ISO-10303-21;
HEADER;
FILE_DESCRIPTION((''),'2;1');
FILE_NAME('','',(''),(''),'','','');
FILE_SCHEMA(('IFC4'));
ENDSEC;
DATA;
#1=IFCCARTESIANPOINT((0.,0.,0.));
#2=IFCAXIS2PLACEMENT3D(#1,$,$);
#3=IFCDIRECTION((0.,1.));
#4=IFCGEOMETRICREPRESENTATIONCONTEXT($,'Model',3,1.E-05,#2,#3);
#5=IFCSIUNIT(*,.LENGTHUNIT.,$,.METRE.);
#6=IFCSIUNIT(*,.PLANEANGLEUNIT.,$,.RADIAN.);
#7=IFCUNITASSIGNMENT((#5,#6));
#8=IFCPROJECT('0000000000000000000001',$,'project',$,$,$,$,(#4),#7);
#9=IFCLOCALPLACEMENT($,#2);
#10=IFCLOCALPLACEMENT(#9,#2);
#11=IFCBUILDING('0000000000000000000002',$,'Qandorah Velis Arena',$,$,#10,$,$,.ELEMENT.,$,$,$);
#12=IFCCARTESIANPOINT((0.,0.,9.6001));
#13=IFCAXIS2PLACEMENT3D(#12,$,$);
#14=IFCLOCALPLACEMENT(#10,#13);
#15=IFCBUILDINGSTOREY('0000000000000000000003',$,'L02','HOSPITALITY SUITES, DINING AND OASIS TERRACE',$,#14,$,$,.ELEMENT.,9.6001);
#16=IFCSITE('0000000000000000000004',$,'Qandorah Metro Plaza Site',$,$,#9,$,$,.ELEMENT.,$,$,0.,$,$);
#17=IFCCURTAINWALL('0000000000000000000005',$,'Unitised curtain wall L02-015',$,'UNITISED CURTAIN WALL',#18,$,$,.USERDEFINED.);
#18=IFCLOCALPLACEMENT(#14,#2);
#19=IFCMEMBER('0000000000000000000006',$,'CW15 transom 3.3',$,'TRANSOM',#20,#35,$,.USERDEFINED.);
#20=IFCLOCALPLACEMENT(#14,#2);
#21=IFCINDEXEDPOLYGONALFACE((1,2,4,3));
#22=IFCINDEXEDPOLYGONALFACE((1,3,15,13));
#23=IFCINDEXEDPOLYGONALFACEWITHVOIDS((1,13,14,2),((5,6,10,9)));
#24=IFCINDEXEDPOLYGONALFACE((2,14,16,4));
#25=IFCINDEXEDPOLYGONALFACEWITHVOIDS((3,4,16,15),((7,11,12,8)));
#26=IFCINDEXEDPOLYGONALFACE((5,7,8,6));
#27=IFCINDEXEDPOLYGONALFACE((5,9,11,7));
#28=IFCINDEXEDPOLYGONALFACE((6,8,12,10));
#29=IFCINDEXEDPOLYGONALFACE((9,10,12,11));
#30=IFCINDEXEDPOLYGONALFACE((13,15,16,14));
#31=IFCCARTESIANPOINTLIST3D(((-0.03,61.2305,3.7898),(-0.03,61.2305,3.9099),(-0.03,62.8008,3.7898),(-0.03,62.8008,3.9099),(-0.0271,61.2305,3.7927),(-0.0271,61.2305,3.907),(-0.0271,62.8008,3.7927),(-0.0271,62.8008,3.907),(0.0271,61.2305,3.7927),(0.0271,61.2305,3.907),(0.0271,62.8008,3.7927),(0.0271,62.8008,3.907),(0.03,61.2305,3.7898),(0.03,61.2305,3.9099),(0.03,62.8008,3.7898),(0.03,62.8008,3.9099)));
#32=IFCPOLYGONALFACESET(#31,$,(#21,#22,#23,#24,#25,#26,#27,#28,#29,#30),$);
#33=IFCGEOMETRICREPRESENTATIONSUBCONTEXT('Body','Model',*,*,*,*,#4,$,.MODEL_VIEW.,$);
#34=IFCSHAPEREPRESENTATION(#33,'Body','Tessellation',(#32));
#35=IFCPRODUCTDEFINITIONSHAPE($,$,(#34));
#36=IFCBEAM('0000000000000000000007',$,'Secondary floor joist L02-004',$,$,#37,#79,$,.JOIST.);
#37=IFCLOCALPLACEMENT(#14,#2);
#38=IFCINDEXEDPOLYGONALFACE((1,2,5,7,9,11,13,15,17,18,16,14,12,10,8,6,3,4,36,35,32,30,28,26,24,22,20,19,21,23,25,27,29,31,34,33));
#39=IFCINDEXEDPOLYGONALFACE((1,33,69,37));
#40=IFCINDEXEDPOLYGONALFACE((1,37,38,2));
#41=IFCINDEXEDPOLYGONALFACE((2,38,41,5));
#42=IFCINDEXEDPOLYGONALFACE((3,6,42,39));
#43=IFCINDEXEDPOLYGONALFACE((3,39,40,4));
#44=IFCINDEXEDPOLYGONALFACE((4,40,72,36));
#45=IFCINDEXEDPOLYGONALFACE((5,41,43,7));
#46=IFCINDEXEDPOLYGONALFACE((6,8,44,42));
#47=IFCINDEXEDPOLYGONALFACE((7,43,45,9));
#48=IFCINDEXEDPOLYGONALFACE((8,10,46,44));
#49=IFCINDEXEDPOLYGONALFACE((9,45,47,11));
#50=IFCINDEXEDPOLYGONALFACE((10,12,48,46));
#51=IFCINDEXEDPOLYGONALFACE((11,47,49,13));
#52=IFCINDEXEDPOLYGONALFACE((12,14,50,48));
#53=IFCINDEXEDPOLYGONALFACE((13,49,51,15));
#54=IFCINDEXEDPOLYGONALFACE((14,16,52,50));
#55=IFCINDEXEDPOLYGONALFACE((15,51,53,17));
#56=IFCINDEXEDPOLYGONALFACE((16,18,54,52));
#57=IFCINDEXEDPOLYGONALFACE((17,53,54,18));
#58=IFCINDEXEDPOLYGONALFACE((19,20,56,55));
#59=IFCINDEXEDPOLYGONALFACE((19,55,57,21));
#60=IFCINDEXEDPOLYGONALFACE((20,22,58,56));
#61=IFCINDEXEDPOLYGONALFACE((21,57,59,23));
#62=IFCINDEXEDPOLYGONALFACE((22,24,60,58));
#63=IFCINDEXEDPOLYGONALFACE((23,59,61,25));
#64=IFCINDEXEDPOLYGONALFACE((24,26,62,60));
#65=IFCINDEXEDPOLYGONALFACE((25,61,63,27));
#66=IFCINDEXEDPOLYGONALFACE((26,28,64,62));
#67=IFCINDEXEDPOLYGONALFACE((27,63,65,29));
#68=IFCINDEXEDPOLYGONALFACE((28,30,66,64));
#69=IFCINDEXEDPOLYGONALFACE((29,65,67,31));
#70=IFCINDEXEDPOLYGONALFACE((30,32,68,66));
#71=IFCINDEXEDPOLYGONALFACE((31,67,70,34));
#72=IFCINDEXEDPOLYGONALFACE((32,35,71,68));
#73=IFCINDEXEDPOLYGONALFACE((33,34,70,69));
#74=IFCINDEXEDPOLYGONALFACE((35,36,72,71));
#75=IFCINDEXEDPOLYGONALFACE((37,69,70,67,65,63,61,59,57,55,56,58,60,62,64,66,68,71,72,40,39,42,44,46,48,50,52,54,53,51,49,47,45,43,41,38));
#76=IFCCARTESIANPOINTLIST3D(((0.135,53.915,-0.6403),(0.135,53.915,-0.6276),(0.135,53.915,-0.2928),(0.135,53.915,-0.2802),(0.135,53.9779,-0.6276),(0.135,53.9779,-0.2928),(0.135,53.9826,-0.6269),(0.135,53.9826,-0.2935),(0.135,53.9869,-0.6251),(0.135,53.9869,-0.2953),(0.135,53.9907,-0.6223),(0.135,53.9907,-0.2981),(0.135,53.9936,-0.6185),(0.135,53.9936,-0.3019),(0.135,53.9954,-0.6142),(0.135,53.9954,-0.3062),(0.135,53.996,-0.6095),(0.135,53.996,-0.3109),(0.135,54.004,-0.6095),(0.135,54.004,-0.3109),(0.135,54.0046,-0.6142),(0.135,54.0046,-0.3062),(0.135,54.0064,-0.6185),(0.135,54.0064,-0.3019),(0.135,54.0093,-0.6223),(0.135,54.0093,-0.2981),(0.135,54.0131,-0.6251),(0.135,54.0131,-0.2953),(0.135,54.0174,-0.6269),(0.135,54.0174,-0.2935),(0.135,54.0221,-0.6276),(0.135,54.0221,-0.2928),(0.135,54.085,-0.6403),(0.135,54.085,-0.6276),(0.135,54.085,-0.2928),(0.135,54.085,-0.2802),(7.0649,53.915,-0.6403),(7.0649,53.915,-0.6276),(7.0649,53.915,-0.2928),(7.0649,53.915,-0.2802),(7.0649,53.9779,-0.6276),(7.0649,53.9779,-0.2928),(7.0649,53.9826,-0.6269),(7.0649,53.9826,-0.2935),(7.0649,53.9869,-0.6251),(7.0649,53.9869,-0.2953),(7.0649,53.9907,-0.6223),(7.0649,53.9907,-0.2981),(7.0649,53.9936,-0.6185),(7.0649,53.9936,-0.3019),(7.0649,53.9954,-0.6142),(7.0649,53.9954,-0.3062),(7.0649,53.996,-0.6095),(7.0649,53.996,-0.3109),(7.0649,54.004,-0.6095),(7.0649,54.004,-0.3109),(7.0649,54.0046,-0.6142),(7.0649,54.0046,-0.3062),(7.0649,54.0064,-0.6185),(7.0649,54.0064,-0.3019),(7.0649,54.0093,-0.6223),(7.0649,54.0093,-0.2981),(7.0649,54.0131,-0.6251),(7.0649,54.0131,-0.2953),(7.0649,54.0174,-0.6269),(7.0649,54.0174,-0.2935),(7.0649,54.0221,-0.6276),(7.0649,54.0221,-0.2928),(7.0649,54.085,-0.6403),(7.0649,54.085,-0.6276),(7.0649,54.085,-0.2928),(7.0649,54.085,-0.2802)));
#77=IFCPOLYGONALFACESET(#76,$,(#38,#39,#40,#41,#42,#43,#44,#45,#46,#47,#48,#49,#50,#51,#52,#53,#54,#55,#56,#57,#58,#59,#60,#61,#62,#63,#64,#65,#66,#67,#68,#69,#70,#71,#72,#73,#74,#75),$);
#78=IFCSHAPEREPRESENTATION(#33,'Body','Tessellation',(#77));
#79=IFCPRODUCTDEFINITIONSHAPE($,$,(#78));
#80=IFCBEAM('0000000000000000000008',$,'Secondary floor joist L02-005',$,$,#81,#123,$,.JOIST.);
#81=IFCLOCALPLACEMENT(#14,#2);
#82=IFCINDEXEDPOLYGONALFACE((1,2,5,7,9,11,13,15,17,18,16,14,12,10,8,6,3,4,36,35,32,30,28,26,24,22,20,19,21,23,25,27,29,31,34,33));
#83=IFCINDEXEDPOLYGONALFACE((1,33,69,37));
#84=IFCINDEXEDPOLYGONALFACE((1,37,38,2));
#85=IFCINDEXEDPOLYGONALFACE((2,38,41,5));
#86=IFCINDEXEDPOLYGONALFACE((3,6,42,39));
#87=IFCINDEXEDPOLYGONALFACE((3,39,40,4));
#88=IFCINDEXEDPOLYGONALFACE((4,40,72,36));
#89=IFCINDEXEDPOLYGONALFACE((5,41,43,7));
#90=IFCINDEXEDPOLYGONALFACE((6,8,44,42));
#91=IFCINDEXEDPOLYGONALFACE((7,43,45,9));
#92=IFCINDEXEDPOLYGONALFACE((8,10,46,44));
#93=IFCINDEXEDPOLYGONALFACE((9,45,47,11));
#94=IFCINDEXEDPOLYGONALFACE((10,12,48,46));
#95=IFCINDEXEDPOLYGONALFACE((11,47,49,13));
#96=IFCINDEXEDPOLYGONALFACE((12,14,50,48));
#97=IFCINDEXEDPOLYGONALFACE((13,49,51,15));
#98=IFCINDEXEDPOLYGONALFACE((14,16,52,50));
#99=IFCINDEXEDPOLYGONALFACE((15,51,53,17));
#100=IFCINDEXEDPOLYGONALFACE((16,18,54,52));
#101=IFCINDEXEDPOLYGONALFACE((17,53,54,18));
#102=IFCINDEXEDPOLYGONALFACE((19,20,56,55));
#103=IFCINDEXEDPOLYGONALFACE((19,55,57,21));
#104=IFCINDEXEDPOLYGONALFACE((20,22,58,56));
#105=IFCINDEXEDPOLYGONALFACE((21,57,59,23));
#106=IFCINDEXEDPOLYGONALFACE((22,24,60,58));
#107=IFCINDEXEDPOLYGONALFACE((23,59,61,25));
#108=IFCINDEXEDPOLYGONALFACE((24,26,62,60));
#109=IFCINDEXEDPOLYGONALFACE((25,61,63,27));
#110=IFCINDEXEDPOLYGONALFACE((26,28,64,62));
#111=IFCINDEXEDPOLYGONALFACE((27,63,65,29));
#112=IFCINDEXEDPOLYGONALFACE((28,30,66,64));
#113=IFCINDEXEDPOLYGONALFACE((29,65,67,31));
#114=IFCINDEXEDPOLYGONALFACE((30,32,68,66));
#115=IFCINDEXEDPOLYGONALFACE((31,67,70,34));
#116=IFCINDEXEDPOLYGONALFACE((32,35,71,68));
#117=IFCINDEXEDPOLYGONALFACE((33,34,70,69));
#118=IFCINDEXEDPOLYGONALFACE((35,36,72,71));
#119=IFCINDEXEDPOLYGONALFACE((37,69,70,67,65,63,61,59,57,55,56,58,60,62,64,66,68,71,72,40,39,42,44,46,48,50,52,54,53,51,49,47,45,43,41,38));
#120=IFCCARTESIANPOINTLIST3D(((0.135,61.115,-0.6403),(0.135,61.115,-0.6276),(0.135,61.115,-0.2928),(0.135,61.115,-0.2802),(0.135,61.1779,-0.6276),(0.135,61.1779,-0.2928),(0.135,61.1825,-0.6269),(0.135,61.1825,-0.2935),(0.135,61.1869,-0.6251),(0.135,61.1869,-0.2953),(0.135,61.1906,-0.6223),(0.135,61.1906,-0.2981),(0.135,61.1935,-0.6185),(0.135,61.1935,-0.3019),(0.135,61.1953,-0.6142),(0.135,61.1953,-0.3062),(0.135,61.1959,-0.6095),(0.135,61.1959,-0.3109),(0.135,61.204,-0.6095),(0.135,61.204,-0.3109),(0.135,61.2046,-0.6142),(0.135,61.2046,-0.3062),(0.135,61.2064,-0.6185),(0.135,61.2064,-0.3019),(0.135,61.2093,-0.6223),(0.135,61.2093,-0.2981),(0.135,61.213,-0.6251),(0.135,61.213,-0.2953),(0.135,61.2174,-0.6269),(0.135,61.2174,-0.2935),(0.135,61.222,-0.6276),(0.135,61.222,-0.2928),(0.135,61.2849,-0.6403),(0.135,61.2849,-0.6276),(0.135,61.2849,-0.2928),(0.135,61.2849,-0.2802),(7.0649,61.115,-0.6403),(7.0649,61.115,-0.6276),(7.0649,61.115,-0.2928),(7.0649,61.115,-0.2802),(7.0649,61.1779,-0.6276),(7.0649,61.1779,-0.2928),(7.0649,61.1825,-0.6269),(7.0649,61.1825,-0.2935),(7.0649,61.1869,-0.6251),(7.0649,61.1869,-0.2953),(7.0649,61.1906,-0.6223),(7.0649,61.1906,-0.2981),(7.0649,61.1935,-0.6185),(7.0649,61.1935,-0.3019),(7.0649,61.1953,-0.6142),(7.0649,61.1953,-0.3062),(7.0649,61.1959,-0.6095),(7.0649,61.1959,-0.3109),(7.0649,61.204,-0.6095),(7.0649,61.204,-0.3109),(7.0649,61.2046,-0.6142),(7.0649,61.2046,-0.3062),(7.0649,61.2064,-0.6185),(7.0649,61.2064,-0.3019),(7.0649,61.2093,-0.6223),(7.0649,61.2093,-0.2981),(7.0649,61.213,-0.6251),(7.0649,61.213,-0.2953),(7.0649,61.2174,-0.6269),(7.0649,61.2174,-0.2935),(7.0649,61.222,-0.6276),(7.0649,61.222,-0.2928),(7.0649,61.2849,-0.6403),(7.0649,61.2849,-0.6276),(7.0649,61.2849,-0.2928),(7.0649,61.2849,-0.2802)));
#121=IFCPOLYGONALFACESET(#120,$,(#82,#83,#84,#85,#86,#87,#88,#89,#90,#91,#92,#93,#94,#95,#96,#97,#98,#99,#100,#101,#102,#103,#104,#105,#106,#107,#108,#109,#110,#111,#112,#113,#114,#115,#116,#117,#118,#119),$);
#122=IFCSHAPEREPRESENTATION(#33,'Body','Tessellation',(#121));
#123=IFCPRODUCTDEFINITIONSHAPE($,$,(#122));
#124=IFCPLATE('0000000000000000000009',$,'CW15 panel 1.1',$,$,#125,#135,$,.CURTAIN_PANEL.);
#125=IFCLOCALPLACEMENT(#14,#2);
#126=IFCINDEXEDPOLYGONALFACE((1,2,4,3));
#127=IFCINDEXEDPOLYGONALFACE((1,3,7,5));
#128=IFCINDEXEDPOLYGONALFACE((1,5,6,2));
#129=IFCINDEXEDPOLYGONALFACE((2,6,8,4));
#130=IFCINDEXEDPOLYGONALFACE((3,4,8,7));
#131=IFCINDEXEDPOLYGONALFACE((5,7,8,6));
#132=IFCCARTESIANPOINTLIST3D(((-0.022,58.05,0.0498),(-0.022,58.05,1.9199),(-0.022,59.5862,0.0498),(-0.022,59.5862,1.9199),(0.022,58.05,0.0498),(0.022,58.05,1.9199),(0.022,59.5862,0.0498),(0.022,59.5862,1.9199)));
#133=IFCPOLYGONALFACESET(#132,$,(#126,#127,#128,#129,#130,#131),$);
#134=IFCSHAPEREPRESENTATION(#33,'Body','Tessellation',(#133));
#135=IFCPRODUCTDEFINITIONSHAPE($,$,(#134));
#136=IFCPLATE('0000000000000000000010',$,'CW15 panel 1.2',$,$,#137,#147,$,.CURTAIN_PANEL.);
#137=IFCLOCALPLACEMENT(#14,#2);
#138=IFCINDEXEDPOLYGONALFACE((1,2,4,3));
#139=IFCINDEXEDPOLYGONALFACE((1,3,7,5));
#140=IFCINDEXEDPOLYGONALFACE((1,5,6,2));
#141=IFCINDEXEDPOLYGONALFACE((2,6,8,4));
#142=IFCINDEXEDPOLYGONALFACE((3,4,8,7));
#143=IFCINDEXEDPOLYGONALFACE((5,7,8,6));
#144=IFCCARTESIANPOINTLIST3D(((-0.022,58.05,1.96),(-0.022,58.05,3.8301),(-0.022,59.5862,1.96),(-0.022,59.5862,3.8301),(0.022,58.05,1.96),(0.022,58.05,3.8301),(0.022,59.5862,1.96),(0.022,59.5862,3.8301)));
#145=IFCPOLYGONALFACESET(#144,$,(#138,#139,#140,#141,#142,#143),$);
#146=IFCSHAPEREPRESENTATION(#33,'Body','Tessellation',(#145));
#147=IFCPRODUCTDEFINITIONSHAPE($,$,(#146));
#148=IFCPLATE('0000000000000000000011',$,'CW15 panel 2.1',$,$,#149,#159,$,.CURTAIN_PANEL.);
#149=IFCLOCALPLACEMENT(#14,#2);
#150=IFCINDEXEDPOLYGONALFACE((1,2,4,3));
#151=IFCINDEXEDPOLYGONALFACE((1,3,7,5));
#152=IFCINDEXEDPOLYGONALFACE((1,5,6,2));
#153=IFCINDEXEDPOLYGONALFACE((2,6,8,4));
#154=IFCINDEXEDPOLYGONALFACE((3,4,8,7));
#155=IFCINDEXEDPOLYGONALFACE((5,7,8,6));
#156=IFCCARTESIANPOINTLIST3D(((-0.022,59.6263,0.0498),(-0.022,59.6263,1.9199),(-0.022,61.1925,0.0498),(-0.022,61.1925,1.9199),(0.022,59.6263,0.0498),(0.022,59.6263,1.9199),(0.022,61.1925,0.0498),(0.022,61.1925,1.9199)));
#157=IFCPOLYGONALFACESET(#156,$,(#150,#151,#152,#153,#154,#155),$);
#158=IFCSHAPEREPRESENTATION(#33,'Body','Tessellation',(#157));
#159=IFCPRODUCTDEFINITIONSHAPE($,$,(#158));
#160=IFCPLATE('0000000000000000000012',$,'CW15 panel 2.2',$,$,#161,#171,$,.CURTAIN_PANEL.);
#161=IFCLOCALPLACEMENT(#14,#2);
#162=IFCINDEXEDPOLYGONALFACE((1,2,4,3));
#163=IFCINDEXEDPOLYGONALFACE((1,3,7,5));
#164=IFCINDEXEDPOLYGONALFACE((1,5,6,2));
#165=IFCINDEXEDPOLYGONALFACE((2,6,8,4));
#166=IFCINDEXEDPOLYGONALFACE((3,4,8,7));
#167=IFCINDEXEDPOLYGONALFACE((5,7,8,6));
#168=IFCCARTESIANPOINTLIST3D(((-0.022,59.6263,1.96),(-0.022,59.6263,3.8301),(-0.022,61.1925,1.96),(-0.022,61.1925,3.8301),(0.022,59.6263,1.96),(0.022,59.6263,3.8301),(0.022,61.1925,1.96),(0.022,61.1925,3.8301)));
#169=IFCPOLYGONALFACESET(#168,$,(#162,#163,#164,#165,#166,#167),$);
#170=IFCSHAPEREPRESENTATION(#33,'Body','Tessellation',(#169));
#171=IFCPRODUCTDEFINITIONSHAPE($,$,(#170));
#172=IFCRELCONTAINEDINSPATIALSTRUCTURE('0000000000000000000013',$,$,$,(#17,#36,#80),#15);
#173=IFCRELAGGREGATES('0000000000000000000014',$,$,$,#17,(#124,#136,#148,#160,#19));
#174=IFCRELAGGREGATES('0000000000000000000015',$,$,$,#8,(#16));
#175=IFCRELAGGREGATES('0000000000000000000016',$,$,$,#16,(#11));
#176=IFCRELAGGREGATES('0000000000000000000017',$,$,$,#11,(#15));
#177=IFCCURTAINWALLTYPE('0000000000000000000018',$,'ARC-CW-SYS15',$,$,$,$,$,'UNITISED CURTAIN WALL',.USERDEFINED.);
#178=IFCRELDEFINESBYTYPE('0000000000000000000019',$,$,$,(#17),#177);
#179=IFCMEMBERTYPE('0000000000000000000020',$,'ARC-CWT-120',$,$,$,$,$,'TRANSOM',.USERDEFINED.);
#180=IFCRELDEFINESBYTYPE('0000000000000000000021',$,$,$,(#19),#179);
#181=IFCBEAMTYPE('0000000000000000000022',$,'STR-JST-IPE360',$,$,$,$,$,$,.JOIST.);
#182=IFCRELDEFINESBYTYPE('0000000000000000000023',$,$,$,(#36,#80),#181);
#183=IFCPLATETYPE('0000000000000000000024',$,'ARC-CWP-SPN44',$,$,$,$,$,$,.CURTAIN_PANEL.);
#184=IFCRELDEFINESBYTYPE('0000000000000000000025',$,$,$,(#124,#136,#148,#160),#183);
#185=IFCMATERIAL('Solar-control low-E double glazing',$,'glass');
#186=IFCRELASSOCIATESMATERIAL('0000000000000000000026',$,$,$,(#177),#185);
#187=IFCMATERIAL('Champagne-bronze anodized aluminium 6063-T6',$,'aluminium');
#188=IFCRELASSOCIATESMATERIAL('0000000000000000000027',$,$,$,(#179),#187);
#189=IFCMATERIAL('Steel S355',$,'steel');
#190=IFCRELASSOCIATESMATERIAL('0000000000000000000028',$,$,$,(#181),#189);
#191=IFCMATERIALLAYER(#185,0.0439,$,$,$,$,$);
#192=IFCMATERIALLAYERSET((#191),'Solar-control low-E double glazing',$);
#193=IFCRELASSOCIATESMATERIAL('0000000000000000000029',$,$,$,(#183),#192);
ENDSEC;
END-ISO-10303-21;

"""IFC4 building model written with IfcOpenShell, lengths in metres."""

from ifc_helpers import new_model, si_unit, direction, frame, origin, origin_2d, place, context, subcontext, project, spatial, rectangle, hollow_rectangle, i_section, extrude, material, layer, layer_set, material_profile, profile_set, type_object, element, aggregate, save


model = new_model("IFC4")

# Units and contexts
model_context = context("Model", 3, precision=1e-05, world=origin(), true_north=direction((0.0, 1.0)))
body_context = subcontext(model_context, "Body", "Model", "MODEL_VIEW")
ifc_project = project(units=[si_unit("LENGTHUNIT", "METRE"), si_unit("PLANEANGLEUNIT", "RADIAN")], contexts=[model_context])

# Site, building, storey
site_placement = place(None, origin())
site = spatial("IfcSite", under=ifc_project, at=site_placement, Name="Qandorah Metro Plaza Site", CompositionType="ELEMENT", RefElevation=0.0)
building_placement = place(site_placement, origin())
building = spatial("IfcBuilding", under=site, at=building_placement, Name="Qandorah Velis Arena", CompositionType="ELEMENT")
storey_placement = place(building_placement, frame((0.0, 0.0, 9.6001)))
storey = spatial("IfcBuildingStorey", under=building, at=storey_placement, Name="L02", Description="HOSPITALITY SUITES, DINING AND OASIS TERRACE", CompositionType="ELEMENT", Elevation=9.6001)

# Curtain wall, member
ifc_material_1 = material(Name="Solar-control low-E double glazing", Category="glass")
curtain_wall_type = type_object("IfcCurtainWallType", Name="ARC-CW-SYS15", ElementType="UNITISED CURTAIN WALL", PredefinedType="USERDEFINED", material=ifc_material_1)
curtain_wall_placement = place(storey_placement, origin())
curtain_wall = element("IfcCurtainWall", 1, at=curtain_wall_placement, inside=storey, type_object=curtain_wall_type, Name="Unitised curtain wall L02-015", ObjectType="UNITISED CURTAIN WALL", PredefinedType="USERDEFINED")
ifc_material_2 = material(Name="Champagne-bronze anodized aluminium 6063-T6", Category="aluminium")
ifc_material_profile_1 = material_profile(ifc_material_2, hollow_rectangle(XDim=0.0601, YDim=0.1201, WallThickness=0.0029, at=origin_2d()), Name="ALU TRANSOM 60x120")
ifc_profile_set_1 = profile_set([ifc_material_profile_1], Name="Champagne-bronze anodized aluminium 6063-T6")
member_type_1 = type_object("IfcMemberType", Name="ARC-CWT-120", ElementType="TRANSOM", PredefinedType="USERDEFINED", material=ifc_profile_set_1)
member_1_placement = place(storey_placement, frame((0.0, 61.2305, 3.8499), z_axis=(0.0, 1.0, 0.0), x_axis=(-1.0, 0.0, 0.0)))
member_1 = element("IfcMember", 2, at=member_1_placement, type_object=member_type_1, Name="CW15 transom 3.3", ObjectType="TRANSOM", PredefinedType="USERDEFINED", context=body_context, shape_type="SweptSolid", body=[
    extrude(hollow_rectangle(XDim=0.0601, YDim=0.1201, WallThickness=0.0029, at=origin_2d()), origin(), (0.0, 0.0, 1.0), 1.5703),
])

# Beams
ifc_material_3 = material(Name="Steel S355", Category="steel")
ifc_material_profile_2 = material_profile(ifc_material_3, i_section(OverallWidth=0.1699, OverallDepth=0.3601, WebThickness=0.0081, FlangeThickness=0.0127, FilletRadius=0.0181, at=origin_2d()), Name="IPE 360")
ifc_profile_set_2 = profile_set([ifc_material_profile_2], Name="Steel S355")
beam_type = type_object("IfcBeamType", Name="STR-JST-IPE360", PredefinedType="JOIST", material=ifc_profile_set_2)
for number, where, z_axis, x_axis, name in (
    (3, (0.135, 54.0, -0.4602), (1.0, 0.0, 0.0), (0.0, 1.0, 0.0), "Secondary floor joist L02-004"),
    (4, (0.135, 61.2, -0.4602), (1.0, 0.0, 0.0), (0.0, 1.0, 0.0), "Secondary floor joist L02-005"),
):
    element("IfcBeam", number, at=place(storey_placement, frame(where, z_axis=z_axis, x_axis=x_axis)), inside=storey, type_object=beam_type, Name=name, PredefinedType="JOIST", context=body_context, shape_type="SweptSolid", body=[
        extrude(i_section(OverallWidth=0.1699, OverallDepth=0.3601, WebThickness=0.0081, FlangeThickness=0.0127, FilletRadius=0.0181, at=origin_2d()), origin(), (0.0, 0.0, 1.0), 6.9299),
    ])

# Plates
ifc_layer = layer(ifc_material_1, 0.0439)
ifc_layer_set = layer_set([ifc_layer], Name="Solar-control low-E double glazing")
plate_type = type_object("IfcPlateType", Name="ARC-CWP-SPN44", PredefinedType="CURTAIN_PANEL", material=ifc_layer_set)
plate_1_placement = place(storey_placement, frame((0.0, 58.8181, 0.0498), z_axis=(0.0, 0.0, 1.0), x_axis=(0.0, 1.0, 0.0)))
plate_1 = element("IfcPlate", 5, at=plate_1_placement, type_object=plate_type, Name="CW15 panel 1.1", PredefinedType="CURTAIN_PANEL", context=body_context, shape_type="SweptSolid", body=[
    extrude(rectangle(XDim=1.5361, YDim=0.0439, at=origin_2d()), origin(), (0.0, 0.0, 1.0), 1.8701),
])
plate_2_placement = place(storey_placement, frame((0.0, 58.8181, 1.96), z_axis=(0.0, 0.0, 1.0), x_axis=(0.0, 1.0, 0.0)))
plate_2 = element("IfcPlate", 6, at=plate_2_placement, type_object=plate_type, Name="CW15 panel 1.2", PredefinedType="CURTAIN_PANEL", context=body_context, shape_type="SweptSolid", body=[
    extrude(rectangle(XDim=1.5361, YDim=0.0439, at=origin_2d()), origin(), (0.0, 0.0, 1.0), 1.8701),
])
plate_3_placement = place(storey_placement, frame((0.0, 60.4094, 0.0498), z_axis=(0.0, 0.0, 1.0), x_axis=(0.0, 1.0, 0.0)))
plate_3 = element("IfcPlate", 7, at=plate_3_placement, type_object=plate_type, Name="CW15 panel 2.1", PredefinedType="CURTAIN_PANEL", context=body_context, shape_type="SweptSolid", body=[
    extrude(rectangle(XDim=1.5662, YDim=0.0439, at=origin_2d()), origin(), (0.0, 0.0, 1.0), 1.8701),
])
plate_4_placement = place(storey_placement, frame((0.0, 60.4094, 1.96), z_axis=(0.0, 0.0, 1.0), x_axis=(0.0, 1.0, 0.0)))
plate_4 = element("IfcPlate", 8, at=plate_4_placement, type_object=plate_type, Name="CW15 panel 2.2", PredefinedType="CURTAIN_PANEL", context=body_context, shape_type="SweptSolid", body=[
    extrude(rectangle(XDim=1.5662, YDim=0.0439, at=origin_2d()), origin(), (0.0, 0.0, 1.0), 1.8701),
])
aggregate(curtain_wall, [plate_1, plate_2, plate_3, plate_4, member_1])

save(model, "model.ifc")
